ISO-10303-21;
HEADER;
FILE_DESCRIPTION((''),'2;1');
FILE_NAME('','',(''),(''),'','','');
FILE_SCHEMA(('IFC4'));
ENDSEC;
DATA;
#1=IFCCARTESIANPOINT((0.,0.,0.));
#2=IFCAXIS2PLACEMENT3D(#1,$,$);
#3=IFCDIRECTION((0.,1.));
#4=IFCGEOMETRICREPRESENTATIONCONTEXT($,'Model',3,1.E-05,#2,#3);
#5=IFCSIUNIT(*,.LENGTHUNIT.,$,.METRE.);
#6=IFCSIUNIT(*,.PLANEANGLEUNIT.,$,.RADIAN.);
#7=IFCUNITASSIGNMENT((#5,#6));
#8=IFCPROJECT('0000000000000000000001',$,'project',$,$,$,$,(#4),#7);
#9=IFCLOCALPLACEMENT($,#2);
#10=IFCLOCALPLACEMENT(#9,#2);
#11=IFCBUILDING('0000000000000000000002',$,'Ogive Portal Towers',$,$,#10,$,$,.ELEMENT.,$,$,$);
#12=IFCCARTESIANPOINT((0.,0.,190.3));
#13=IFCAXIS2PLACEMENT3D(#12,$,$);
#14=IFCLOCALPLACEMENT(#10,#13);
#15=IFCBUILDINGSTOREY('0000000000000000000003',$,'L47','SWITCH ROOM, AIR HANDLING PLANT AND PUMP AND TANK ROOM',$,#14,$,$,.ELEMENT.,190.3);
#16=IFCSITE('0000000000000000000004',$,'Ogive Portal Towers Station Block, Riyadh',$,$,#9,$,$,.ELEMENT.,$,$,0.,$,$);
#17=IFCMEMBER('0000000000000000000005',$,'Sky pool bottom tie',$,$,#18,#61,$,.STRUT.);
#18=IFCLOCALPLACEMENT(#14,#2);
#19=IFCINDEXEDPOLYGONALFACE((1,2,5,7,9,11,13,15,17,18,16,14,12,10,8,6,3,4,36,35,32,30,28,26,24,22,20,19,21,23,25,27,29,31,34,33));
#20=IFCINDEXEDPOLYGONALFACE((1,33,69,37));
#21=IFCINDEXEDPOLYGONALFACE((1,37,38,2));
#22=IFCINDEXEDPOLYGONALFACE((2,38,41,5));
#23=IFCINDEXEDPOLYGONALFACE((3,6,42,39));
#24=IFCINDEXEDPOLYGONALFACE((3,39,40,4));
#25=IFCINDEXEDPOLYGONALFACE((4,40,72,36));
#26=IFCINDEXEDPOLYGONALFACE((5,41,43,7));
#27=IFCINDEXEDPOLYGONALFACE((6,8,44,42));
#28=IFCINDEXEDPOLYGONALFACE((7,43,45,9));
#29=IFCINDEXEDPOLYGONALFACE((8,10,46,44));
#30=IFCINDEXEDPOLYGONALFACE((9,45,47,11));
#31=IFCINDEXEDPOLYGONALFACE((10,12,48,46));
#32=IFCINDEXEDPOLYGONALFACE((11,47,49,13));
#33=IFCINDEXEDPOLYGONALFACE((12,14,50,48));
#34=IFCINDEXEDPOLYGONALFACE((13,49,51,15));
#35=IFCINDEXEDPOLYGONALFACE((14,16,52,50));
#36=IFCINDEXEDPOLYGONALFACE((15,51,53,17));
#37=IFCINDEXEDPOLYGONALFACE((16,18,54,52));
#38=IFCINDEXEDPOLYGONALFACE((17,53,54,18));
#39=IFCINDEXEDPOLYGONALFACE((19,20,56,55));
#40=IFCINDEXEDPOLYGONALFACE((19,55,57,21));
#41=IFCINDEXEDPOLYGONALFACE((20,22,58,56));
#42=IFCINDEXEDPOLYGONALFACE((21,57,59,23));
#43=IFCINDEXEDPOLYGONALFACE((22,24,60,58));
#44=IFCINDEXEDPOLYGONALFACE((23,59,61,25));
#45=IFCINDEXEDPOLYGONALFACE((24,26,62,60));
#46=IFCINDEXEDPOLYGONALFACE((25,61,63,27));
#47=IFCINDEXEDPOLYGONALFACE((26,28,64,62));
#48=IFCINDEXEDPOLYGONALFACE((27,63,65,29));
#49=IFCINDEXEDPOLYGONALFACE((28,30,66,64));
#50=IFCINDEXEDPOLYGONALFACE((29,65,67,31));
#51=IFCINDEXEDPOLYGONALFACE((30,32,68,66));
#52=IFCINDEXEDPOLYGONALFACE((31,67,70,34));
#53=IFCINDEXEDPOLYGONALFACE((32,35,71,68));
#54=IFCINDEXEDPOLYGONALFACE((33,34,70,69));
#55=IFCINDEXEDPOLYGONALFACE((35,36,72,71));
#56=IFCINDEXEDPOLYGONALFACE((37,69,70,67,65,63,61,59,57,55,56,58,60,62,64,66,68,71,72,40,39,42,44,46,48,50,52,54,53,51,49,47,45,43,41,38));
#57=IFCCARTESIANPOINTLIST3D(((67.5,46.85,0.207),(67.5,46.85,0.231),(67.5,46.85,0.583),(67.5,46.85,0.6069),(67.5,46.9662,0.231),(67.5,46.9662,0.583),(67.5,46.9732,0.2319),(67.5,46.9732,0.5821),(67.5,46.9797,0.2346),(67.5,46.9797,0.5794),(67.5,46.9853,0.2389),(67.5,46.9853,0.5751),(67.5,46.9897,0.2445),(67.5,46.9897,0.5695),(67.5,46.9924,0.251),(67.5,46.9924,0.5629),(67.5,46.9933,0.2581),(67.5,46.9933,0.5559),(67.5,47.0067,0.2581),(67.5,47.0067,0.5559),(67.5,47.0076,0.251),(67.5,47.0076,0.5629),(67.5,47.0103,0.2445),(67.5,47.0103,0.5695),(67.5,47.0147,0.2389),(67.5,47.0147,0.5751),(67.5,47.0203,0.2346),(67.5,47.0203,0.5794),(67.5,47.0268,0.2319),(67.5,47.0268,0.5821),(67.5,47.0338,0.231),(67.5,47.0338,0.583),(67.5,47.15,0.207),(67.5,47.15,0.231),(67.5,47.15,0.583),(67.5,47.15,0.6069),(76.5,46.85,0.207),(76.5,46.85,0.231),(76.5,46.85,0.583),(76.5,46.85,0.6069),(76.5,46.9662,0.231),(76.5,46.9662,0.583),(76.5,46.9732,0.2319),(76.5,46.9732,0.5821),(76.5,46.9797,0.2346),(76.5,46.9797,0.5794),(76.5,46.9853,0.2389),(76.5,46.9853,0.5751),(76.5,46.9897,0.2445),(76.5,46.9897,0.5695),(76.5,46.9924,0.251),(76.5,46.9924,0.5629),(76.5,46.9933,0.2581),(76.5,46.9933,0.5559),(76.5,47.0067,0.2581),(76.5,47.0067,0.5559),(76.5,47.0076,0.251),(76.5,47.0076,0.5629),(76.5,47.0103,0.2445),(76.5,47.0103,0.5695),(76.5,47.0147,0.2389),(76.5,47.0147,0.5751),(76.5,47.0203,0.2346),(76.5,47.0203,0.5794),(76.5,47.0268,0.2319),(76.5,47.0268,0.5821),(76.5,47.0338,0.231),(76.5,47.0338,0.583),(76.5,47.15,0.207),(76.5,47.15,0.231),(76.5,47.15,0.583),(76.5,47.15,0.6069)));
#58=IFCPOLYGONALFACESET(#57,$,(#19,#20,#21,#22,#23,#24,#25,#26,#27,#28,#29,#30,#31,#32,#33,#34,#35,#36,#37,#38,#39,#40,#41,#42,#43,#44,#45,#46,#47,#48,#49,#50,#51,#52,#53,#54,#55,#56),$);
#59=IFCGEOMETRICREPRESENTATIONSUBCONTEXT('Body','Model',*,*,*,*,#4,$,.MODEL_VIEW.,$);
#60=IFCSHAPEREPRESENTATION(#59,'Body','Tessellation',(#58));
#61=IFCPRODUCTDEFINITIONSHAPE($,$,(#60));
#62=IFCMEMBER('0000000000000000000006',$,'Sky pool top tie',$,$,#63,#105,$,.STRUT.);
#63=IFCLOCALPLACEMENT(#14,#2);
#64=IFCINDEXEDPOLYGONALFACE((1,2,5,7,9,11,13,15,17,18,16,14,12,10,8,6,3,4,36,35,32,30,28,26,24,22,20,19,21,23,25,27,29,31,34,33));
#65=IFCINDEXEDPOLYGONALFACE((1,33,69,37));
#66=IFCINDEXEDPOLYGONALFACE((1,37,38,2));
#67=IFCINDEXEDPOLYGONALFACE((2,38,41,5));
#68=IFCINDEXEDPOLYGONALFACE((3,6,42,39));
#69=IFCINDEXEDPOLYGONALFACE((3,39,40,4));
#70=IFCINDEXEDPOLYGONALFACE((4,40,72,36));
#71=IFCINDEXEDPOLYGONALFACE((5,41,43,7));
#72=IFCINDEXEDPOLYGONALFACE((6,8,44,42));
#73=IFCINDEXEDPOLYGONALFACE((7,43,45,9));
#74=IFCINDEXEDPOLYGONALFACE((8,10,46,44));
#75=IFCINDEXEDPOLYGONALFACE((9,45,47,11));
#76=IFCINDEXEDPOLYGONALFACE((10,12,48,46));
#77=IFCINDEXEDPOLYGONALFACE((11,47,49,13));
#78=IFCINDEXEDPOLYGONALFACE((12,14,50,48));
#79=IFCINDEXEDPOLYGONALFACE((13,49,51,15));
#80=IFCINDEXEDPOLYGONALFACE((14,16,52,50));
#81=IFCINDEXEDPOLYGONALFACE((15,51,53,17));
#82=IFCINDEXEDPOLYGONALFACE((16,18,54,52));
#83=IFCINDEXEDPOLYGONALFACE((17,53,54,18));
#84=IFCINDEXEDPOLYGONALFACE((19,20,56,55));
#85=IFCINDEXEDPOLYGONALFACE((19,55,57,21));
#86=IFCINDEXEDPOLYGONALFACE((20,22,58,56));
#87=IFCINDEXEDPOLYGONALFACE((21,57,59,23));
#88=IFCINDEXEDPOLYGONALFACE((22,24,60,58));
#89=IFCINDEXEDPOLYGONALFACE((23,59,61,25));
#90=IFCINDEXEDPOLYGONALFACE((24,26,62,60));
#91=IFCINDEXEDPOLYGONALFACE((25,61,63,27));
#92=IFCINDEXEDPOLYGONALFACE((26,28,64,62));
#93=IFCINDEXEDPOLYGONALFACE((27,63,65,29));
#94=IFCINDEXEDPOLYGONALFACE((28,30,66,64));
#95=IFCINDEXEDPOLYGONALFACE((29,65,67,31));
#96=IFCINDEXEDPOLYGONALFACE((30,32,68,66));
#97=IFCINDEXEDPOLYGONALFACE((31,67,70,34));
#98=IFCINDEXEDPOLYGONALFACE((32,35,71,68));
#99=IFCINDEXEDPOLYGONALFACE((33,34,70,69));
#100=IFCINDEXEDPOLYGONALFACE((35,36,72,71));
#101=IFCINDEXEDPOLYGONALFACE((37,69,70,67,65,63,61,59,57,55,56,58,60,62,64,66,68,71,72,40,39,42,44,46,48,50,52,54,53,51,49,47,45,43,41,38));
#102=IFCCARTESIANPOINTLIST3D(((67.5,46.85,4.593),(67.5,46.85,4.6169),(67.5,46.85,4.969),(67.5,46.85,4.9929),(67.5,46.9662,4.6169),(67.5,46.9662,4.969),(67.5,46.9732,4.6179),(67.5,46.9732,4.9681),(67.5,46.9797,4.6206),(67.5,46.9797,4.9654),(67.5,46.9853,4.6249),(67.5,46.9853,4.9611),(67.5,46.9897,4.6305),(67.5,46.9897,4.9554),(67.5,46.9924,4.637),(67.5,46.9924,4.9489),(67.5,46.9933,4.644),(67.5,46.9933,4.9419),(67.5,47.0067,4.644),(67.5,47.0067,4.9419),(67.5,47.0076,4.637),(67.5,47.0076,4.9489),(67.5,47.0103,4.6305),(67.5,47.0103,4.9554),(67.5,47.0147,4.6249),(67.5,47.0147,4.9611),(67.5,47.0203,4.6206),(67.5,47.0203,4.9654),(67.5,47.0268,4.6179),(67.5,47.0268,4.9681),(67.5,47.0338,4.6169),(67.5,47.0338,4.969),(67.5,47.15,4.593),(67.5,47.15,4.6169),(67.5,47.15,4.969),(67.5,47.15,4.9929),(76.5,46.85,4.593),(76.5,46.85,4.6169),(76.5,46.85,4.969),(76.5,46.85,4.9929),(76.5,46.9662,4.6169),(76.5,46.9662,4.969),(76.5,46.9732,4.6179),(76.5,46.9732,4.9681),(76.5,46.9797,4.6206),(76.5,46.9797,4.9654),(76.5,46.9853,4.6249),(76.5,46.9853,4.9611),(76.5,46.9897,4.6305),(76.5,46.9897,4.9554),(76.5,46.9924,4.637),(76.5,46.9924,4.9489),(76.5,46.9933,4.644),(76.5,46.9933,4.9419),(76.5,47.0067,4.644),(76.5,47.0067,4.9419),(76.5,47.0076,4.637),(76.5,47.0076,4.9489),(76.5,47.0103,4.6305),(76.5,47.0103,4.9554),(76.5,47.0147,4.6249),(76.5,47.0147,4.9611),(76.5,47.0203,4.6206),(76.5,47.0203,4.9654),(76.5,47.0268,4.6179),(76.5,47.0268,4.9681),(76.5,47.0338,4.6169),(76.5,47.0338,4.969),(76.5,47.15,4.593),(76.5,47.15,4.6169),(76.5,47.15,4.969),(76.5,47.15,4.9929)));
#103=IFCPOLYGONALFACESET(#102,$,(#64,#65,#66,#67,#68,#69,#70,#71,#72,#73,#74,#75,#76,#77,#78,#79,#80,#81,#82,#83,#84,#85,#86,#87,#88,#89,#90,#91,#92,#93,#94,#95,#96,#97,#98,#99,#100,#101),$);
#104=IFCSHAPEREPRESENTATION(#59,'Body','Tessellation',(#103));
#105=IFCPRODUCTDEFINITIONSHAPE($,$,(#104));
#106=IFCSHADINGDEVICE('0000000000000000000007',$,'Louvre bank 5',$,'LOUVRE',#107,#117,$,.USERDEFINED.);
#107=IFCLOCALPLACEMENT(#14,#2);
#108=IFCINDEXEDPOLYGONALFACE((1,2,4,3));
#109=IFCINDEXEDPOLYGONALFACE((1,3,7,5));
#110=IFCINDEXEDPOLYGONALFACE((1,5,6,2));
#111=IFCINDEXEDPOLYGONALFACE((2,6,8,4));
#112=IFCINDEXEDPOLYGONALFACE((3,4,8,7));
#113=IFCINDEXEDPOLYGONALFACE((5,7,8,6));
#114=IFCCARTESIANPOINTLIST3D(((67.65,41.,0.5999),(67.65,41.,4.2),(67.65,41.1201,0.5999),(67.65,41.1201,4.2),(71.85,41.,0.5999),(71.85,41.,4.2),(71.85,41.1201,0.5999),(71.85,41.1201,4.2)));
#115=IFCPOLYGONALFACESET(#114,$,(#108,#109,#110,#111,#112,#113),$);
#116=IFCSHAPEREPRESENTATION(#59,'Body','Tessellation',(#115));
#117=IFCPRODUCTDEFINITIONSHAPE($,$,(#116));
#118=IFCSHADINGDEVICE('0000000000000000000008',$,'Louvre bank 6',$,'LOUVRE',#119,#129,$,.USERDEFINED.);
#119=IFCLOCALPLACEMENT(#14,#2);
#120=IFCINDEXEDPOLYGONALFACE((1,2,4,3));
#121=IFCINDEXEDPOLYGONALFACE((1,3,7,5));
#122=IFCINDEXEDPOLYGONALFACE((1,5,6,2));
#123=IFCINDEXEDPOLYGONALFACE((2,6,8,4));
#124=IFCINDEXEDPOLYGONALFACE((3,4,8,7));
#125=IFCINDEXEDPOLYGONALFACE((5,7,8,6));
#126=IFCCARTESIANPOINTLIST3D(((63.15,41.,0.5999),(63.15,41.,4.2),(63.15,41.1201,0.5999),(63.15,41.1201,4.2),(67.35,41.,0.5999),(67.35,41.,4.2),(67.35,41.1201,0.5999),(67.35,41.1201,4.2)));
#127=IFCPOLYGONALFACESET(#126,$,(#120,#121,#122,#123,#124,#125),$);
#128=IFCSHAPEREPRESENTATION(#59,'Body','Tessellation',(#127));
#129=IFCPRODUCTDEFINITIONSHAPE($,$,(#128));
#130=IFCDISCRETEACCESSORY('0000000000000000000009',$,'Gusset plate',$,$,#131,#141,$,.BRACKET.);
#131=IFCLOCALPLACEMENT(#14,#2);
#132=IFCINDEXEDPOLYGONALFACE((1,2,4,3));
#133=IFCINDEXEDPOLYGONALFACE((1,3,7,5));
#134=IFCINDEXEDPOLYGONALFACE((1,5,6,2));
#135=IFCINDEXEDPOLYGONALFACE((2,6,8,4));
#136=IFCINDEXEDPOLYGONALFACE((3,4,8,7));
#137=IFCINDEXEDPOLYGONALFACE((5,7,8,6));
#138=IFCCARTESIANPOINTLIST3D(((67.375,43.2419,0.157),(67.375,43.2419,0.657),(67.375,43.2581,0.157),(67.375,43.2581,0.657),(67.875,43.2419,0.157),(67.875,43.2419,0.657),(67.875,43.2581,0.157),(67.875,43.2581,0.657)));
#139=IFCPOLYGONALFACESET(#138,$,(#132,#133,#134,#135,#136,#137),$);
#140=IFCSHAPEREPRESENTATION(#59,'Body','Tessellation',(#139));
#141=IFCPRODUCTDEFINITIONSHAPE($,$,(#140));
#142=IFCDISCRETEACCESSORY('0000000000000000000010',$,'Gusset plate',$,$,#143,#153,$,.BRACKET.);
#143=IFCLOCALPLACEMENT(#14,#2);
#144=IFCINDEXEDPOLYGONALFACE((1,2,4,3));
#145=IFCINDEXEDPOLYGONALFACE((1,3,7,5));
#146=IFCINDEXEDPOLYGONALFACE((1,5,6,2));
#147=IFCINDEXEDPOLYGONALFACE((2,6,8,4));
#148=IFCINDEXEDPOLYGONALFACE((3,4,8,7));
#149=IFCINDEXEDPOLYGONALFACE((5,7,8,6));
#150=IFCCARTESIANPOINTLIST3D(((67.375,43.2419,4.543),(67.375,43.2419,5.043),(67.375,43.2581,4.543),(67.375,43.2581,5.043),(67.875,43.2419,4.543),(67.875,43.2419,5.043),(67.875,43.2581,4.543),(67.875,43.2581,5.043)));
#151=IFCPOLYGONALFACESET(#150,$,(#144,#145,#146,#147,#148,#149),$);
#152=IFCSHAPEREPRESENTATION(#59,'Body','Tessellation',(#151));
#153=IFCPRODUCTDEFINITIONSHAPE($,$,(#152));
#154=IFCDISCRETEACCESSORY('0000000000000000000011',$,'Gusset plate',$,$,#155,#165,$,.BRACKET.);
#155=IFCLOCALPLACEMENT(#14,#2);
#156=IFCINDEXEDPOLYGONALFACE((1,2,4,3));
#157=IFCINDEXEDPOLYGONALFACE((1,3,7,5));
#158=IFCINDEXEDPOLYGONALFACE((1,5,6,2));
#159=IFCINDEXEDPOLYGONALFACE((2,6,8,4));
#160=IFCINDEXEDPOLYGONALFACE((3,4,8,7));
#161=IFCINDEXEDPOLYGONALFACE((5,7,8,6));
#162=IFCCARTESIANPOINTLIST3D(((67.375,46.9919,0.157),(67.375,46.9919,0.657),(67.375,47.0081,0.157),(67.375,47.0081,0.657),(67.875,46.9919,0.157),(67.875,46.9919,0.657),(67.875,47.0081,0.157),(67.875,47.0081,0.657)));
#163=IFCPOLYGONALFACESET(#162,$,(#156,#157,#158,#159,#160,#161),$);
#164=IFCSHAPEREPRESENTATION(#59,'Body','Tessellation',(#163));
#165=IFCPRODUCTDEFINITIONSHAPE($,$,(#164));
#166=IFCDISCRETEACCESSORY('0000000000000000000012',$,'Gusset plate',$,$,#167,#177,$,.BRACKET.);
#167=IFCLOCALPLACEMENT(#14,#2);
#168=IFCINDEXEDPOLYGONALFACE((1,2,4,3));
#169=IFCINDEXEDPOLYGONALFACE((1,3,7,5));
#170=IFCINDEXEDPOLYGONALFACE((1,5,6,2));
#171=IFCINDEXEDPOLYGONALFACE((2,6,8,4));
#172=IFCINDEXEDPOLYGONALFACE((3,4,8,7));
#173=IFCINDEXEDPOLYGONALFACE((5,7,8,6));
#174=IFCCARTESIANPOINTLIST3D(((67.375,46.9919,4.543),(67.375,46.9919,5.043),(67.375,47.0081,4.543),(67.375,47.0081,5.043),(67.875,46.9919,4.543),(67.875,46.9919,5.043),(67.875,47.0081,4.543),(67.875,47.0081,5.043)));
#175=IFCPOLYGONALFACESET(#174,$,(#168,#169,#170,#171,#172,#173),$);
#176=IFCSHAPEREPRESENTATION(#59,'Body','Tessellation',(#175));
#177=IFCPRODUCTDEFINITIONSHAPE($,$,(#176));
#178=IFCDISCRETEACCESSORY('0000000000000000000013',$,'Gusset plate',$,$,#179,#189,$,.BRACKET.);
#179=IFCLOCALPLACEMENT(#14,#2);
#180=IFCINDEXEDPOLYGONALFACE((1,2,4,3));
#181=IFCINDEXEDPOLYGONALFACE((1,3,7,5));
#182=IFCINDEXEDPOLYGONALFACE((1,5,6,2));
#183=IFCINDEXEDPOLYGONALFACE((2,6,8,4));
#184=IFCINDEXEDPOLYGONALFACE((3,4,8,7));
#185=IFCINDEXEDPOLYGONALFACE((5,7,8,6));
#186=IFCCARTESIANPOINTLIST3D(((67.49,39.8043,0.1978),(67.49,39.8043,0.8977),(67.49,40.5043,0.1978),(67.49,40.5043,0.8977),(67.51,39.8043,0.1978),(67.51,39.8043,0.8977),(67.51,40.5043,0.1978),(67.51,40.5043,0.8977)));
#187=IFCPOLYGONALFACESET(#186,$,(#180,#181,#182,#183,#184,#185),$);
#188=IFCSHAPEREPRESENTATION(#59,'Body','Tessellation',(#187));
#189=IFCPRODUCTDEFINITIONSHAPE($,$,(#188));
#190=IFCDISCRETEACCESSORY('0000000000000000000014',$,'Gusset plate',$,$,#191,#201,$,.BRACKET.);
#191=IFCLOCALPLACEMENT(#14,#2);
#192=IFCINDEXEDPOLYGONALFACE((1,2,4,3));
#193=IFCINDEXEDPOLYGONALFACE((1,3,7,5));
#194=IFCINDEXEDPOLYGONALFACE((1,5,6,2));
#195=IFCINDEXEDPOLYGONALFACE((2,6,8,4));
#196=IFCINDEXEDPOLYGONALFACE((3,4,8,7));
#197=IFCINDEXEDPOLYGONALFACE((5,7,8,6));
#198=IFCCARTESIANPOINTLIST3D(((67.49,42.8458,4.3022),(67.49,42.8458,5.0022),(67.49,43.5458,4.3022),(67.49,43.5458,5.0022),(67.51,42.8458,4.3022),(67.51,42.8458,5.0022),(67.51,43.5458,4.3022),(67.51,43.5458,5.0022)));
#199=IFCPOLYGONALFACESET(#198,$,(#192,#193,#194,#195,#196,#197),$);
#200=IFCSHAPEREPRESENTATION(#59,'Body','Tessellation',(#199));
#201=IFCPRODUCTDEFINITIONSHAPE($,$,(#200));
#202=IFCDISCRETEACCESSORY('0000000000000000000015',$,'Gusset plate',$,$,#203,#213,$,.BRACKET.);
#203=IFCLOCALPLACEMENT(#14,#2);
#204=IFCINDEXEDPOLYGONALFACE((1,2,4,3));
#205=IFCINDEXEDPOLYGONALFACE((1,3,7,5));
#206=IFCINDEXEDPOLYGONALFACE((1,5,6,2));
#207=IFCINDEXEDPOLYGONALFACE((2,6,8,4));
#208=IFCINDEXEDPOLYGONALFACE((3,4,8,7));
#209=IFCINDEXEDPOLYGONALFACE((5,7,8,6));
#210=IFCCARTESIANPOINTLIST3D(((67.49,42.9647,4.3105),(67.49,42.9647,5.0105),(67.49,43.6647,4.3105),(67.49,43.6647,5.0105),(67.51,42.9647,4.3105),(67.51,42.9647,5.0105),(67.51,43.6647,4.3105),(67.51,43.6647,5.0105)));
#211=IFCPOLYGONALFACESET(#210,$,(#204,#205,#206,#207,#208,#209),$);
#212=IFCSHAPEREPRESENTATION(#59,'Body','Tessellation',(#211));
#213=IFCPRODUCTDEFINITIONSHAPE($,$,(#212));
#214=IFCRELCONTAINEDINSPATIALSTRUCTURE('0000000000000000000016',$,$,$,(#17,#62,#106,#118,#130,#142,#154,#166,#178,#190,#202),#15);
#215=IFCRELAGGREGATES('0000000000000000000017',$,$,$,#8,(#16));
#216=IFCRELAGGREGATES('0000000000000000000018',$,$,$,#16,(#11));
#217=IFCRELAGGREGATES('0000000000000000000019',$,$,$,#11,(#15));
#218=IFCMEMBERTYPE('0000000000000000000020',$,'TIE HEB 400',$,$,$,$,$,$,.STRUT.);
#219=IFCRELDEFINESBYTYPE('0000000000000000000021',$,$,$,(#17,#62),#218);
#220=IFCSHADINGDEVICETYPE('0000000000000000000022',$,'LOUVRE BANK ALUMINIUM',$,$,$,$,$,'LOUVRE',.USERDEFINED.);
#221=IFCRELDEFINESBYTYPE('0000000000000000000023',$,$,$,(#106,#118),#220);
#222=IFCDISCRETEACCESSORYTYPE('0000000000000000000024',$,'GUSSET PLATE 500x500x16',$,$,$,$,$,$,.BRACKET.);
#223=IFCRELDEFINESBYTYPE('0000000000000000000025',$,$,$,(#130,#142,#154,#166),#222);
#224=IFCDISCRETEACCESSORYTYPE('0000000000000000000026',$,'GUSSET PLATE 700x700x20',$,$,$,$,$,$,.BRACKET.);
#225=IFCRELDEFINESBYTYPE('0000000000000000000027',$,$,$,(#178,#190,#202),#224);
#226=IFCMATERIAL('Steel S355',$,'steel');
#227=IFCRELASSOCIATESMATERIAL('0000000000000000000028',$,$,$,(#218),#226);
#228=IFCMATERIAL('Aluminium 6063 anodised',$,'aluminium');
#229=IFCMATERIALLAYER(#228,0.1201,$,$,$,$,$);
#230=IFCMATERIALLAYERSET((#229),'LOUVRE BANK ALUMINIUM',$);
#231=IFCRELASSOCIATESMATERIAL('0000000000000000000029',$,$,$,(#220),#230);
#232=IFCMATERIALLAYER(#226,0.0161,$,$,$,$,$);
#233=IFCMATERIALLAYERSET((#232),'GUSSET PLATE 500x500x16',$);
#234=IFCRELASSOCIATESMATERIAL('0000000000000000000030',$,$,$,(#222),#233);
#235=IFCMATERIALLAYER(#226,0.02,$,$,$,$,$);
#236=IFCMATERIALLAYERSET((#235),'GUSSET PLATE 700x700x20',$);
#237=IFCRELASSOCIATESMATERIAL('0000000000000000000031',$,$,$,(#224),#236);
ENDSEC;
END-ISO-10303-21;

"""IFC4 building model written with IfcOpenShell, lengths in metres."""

from ifc_helpers import new_model, si_unit, direction, frame, origin, origin_2d, place, context, subcontext, project, spatial, rectangle, i_section, extrude, material, layer, layer_set, material_profile, profile_set, type_object, element, save


model = new_model("IFC4")

# Units and contexts
model_context = context("Model", 3, precision=1e-05, world=origin(), true_north=direction((0.0, 1.0)))
body_context = subcontext(model_context, "Body", "Model", "MODEL_VIEW")
ifc_project = project(units=[si_unit("LENGTHUNIT", "METRE"), si_unit("PLANEANGLEUNIT", "RADIAN")], contexts=[model_context])

# Site, building, storey
site_placement = place(None, origin())
site = spatial("IfcSite", under=ifc_project, at=site_placement, Name="Ogive Portal Towers Station Block, Riyadh", CompositionType="ELEMENT", RefElevation=0.0)
building_placement = place(site_placement, origin())
building = spatial("IfcBuilding", under=site, at=building_placement, Name="Ogive Portal Towers", CompositionType="ELEMENT")
storey_placement = place(building_placement, frame((0.0, 0.0, 190.3)))
storey = spatial("IfcBuildingStorey", under=building, at=storey_placement, Name="L47", Description="SWITCH ROOM, AIR HANDLING PLANT AND PUMP AND TANK ROOM", CompositionType="ELEMENT", Elevation=190.3)

# Members
ifc_material_1 = material(Name="Steel S355", Category="steel")
ifc_material_profile_1 = material_profile(ifc_material_1, i_section(OverallWidth=0.3, OverallDepth=0.3999, WebThickness=0.0134, FlangeThickness=0.0239, FilletRadius=0.0271, at=origin_2d()), Name="HEB 400")
ifc_profile_set_1 = profile_set([ifc_material_profile_1], Name="Steel S355")
member_type_1 = type_object("IfcMemberType", Name="TIE HEB 400", PredefinedType="STRUT", material=ifc_profile_set_1)
for number, where, z_axis, x_axis, name in (
    (1, (67.5, 47.0, 0.407), (1.0, 0.0, 0.0), (0.0, 1.0, 0.0), "Sky pool bottom tie"),
    (2, (67.5, 47.0, 4.793), (1.0, 0.0, 0.0), (0.0, 1.0, 0.0), "Sky pool top tie"),
):
    element("IfcMember", number, at=place(storey_placement, frame(where, z_axis=z_axis, x_axis=x_axis)), inside=storey, type_object=member_type_1, Name=name, PredefinedType="STRUT", context=body_context, shape_type="SweptSolid", body=[
        extrude(i_section(OverallWidth=0.3, OverallDepth=0.3999, WebThickness=0.0134, FlangeThickness=0.0239, FilletRadius=0.0271, at=origin_2d()), origin(), (0.0, 0.0, 1.0), 9.0),
    ])

# Shading devices
ifc_material_2 = material(Name="Aluminium 6063 anodised", Category="aluminium")
ifc_layer_1 = layer(ifc_material_2, 0.1201)
ifc_layer_set_1 = layer_set([ifc_layer_1], Name="LOUVRE BANK ALUMINIUM")
shading_device_type = type_object("IfcShadingDeviceType", Name="LOUVRE BANK ALUMINIUM", ElementType="LOUVRE", PredefinedType="USERDEFINED", material=ifc_layer_set_1)
for number, where, z_axis, x_axis, name in (
    (3, (69.75, 41.0601, 0.5999), (0.0, 0.0, 1.0), (-1.0, 0.0, 0.0), "Louvre bank 5"),
    (4, (65.25, 41.0601, 0.5999), (0.0, 0.0, 1.0), (-1.0, 0.0, 0.0), "Louvre bank 6"),
):
    element("IfcShadingDevice", number, at=place(storey_placement, frame(where, z_axis=z_axis, x_axis=x_axis)), inside=storey, type_object=shading_device_type, Name=name, ObjectType="LOUVRE", PredefinedType="USERDEFINED", context=body_context, shape_type="SweptSolid", body=[
        extrude(rectangle(XDim=4.2, YDim=0.1201, at=origin_2d()), origin(), (0.0, 0.0, 1.0), 3.6001),
    ])

# Discrete accessories
ifc_layer_2 = layer(ifc_material_1, 0.0161)
ifc_layer_set_2 = layer_set([ifc_layer_2], Name="GUSSET PLATE 500x500x16")
discrete_accessory_type_1 = type_object("IfcDiscreteAccessoryType", Name="GUSSET PLATE 500x500x16", PredefinedType="BRACKET", material=ifc_layer_set_2)
for number, where, z_axis, x_axis, name in (
    (5, (67.625, 43.25, 0.157), (0.0, 0.0, 1.0), (1.0, 0.0, 0.0), "Gusset plate"),
    (6, (67.625, 43.25, 4.543), (0.0, 0.0, 1.0), (1.0, 0.0, 0.0), "Gusset plate"),
    (7, (67.625, 47.0, 0.157), (0.0, 0.0, 1.0), (1.0, 0.0, 0.0), "Gusset plate"),
    (8, (67.625, 47.0, 4.543), (0.0, 0.0, 1.0), (1.0, 0.0, 0.0), "Gusset plate"),
):
    element("IfcDiscreteAccessory", number, at=place(storey_placement, frame(where, z_axis=z_axis, x_axis=x_axis)), inside=storey, type_object=discrete_accessory_type_1, Name=name, PredefinedType="BRACKET", context=body_context, shape_type="SweptSolid", body=[
        extrude(rectangle(XDim=0.5, YDim=0.0161, at=origin_2d()), origin(), (0.0, 0.0, 1.0), 0.5),
    ])
ifc_layer_3 = layer(ifc_material_1, 0.02)
ifc_layer_set_3 = layer_set([ifc_layer_3], Name="GUSSET PLATE 700x700x20")
discrete_accessory_type_2 = type_object("IfcDiscreteAccessoryType", Name="GUSSET PLATE 700x700x20", PredefinedType="BRACKET", material=ifc_layer_set_3)
for number, where, z_axis, x_axis, name in (
    (9, (67.5, 40.1543, 0.1978), (0.0, 0.0, 1.0), (0.0, 1.0, 0.0), "Gusset plate"),
    (10, (67.5, 43.1958, 4.3022), (0.0, 0.0, 1.0), (0.0, 1.0, 0.0), "Gusset plate"),
    (11, (67.5, 43.3147, 4.3105), (0.0, 0.0, 1.0), (0.0, 1.0, 0.0), "Gusset plate"),
):
    element("IfcDiscreteAccessory", number, at=place(storey_placement, frame(where, z_axis=z_axis, x_axis=x_axis)), inside=storey, type_object=discrete_accessory_type_2, Name=name, PredefinedType="BRACKET", context=body_context, shape_type="SweptSolid", body=[
        extrude(rectangle(XDim=0.7, YDim=0.02, at=origin_2d()), origin(), (0.0, 0.0, 1.0), 0.7),
    ])

save(model, "model.ifc")
